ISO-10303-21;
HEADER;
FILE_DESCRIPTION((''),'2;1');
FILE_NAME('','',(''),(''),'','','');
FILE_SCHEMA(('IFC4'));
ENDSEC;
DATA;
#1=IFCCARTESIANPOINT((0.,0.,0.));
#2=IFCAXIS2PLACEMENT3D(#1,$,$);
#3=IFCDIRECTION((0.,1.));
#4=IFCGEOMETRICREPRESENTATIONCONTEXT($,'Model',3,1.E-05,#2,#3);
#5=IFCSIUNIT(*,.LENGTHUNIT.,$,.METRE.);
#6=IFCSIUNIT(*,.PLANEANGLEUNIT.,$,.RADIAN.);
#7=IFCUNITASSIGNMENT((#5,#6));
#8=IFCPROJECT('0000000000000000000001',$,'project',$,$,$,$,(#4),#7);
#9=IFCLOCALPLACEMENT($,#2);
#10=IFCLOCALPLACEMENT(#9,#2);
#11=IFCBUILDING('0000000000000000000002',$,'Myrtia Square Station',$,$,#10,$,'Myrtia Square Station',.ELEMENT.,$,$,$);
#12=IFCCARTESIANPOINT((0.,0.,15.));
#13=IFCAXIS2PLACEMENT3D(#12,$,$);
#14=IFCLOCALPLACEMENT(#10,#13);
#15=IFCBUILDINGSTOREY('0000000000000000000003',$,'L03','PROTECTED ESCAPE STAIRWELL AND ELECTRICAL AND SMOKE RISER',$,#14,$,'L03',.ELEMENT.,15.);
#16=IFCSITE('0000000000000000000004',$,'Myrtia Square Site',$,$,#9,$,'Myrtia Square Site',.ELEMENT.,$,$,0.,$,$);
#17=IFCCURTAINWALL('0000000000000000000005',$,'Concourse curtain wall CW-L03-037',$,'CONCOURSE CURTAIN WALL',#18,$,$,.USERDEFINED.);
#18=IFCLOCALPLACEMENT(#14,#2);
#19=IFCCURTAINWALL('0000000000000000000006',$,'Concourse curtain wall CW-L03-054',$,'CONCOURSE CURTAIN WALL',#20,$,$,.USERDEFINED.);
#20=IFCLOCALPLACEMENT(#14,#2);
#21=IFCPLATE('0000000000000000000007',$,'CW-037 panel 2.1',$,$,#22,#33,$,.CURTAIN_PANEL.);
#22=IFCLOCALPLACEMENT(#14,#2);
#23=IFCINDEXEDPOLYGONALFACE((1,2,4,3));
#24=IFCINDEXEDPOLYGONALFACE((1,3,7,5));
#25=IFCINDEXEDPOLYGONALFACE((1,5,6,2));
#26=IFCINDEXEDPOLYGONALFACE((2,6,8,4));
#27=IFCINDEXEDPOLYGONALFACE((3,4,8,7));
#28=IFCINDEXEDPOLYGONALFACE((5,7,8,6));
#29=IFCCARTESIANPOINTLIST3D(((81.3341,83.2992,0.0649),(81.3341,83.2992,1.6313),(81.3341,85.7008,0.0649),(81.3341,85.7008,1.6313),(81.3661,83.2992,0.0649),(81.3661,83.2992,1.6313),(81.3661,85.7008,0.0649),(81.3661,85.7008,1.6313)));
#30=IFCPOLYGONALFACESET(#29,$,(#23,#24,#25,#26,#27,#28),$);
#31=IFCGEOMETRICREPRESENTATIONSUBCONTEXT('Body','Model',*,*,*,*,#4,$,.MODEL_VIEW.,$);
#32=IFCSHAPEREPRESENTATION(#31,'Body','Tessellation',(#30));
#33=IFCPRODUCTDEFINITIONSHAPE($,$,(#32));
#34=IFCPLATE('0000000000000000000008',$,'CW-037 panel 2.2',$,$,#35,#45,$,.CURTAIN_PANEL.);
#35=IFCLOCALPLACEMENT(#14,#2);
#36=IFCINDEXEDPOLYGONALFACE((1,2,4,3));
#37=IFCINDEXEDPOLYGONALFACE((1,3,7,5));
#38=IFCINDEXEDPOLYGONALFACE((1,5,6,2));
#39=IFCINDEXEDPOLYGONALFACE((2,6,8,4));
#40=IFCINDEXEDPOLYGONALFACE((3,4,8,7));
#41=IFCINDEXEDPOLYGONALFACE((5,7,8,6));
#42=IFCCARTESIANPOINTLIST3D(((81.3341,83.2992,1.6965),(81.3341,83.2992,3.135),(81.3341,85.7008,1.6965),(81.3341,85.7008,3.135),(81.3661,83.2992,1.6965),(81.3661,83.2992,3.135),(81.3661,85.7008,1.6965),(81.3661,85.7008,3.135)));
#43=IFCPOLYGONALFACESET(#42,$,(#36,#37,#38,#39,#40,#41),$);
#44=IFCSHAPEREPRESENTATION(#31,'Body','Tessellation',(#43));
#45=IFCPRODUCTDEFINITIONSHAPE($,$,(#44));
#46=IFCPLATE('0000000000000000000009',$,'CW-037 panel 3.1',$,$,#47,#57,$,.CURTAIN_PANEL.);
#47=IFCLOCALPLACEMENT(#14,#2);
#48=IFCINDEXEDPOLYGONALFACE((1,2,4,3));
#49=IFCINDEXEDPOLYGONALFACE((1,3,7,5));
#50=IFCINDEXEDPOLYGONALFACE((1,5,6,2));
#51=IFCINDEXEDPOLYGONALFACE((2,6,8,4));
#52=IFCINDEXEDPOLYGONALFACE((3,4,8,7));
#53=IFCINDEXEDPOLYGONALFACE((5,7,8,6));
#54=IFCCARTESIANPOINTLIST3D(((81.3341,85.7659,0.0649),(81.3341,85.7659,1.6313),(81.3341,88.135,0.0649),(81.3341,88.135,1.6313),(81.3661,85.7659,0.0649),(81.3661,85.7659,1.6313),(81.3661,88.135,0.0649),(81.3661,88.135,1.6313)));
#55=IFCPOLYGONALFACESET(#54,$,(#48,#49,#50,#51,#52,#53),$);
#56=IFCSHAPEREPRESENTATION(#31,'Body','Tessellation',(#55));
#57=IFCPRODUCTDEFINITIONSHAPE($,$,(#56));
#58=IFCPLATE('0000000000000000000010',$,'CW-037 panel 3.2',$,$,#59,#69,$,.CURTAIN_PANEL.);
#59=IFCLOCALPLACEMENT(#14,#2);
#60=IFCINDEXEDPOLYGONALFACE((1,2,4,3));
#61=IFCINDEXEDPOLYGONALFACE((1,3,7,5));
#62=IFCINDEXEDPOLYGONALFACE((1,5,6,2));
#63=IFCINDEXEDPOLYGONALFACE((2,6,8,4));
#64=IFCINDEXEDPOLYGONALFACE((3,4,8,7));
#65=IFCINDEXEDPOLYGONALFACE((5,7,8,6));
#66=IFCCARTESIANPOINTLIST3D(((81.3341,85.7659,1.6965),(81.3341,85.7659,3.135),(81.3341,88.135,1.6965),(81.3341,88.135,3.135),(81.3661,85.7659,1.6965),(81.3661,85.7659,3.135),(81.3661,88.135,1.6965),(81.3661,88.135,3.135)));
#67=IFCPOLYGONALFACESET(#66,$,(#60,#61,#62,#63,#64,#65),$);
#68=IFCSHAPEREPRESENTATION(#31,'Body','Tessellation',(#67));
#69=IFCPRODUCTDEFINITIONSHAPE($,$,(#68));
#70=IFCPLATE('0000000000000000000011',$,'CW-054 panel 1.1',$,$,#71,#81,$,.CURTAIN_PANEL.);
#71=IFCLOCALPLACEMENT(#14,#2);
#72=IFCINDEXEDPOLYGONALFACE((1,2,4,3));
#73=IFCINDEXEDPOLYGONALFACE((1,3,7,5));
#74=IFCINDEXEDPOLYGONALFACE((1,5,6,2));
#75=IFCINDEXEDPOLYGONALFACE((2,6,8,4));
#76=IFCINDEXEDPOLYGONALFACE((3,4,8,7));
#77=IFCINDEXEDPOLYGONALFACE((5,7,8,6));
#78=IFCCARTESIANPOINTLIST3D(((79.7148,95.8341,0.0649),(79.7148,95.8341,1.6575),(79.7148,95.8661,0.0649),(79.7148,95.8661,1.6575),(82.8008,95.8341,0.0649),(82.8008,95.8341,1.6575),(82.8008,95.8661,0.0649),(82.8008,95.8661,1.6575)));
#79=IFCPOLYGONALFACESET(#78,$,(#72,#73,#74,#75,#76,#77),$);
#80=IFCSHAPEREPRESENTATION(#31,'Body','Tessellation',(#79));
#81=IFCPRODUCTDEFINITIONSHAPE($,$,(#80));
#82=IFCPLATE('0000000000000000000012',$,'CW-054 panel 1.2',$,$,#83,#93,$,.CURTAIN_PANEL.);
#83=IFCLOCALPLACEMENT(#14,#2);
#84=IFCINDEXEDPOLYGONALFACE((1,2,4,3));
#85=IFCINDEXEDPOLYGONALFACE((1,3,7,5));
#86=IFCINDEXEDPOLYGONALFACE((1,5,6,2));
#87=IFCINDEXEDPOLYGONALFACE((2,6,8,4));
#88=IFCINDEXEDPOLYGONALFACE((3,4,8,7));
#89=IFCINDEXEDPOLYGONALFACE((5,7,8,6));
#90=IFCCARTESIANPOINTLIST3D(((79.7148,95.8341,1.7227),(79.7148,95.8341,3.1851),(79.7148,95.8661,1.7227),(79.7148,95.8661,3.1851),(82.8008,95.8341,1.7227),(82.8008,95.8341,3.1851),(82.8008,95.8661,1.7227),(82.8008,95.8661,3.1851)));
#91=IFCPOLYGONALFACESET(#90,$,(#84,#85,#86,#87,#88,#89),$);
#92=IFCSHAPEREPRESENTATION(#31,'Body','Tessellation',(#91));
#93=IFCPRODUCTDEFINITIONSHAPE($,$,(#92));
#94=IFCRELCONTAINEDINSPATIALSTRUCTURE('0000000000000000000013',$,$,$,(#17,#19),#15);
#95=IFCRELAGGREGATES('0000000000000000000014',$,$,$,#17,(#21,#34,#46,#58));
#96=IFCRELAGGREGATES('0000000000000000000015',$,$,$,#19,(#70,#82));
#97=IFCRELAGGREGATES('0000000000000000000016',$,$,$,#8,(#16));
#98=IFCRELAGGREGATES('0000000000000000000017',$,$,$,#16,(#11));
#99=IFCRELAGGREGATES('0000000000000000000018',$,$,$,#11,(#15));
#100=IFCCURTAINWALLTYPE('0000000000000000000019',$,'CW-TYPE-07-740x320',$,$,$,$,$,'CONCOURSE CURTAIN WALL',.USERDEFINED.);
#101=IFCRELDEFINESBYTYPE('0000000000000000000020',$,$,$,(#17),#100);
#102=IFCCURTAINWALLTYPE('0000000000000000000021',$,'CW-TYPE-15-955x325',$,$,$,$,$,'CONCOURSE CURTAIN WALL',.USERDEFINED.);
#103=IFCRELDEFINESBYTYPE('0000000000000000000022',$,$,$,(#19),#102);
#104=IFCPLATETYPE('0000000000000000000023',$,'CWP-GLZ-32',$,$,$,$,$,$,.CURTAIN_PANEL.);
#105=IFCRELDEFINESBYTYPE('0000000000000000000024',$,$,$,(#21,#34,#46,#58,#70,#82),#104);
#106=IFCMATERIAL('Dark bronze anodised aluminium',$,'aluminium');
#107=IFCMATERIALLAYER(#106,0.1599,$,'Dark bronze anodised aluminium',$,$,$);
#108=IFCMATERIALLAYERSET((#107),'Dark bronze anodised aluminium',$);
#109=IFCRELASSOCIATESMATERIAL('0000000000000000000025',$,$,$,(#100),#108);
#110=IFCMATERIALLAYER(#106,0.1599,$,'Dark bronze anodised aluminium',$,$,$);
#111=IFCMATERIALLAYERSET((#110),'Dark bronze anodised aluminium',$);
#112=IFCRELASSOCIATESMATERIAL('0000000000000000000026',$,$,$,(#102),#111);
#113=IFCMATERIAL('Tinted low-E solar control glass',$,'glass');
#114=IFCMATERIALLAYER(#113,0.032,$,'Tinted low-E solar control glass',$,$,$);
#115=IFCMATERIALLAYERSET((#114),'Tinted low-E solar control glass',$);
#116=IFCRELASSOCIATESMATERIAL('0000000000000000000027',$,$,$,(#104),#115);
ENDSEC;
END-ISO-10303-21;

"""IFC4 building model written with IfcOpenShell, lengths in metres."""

from ifc_helpers import new_model, si_unit, direction, frame, origin, origin_2d, place, context, subcontext, project, spatial, rectangle, extrude, material, layer, layer_set, type_object, element, aggregate, save


model = new_model("IFC4")

# Units and contexts
model_context = context("Model", 3, precision=1e-05, world=origin(), true_north=direction((0.0, 1.0)))
body_context = subcontext(model_context, "Body", "Model", "MODEL_VIEW")
ifc_project = project(units=[si_unit("LENGTHUNIT", "METRE"), si_unit("PLANEANGLEUNIT", "RADIAN")], contexts=[model_context])

# Site, building, storey
site_placement = place(None, origin())
site = spatial("IfcSite", under=ifc_project, at=site_placement, Name="Myrtia Square Site", LongName="Myrtia Square Site", CompositionType="ELEMENT", RefElevation=0.0)
building_placement = place(site_placement, origin())
building = spatial("IfcBuilding", under=site, at=building_placement, Name="Myrtia Square Station", LongName="Myrtia Square Station", CompositionType="ELEMENT")
storey_placement = place(building_placement, frame((0.0, 0.0, 15.0)))
storey = spatial("IfcBuildingStorey", under=building, at=storey_placement, Name="L03", Description="PROTECTED ESCAPE STAIRWELL AND ELECTRICAL AND SMOKE RISER", LongName="L03", CompositionType="ELEMENT", Elevation=15.0)

# Curtain wall
ifc_material_1 = material(Name="Dark bronze anodised aluminium", Category="aluminium")
ifc_layer_1 = layer(ifc_material_1, 0.1599, Name="Dark bronze anodised aluminium")
ifc_layer_set_1 = layer_set([ifc_layer_1], Name="Dark bronze anodised aluminium")
curtain_wall_type_1 = type_object("IfcCurtainWallType", Name="CW-TYPE-07-740x320", ElementType="CONCOURSE CURTAIN WALL", PredefinedType="USERDEFINED", material=ifc_layer_set_1)
curtain_wall_1_placement = place(storey_placement, origin())
curtain_wall_1 = element("IfcCurtainWall", 1, at=curtain_wall_1_placement, inside=storey, type_object=curtain_wall_type_1, Name="Concourse curtain wall CW-L03-037", ObjectType="CONCOURSE CURTAIN WALL", PredefinedType="USERDEFINED")

# Curtain wall
ifc_layer_2 = layer(ifc_material_1, 0.1599, Name="Dark bronze anodised aluminium")
ifc_layer_set_2 = layer_set([ifc_layer_2], Name="Dark bronze anodised aluminium")
curtain_wall_type_2 = type_object("IfcCurtainWallType", Name="CW-TYPE-15-955x325", ElementType="CONCOURSE CURTAIN WALL", PredefinedType="USERDEFINED", material=ifc_layer_set_2)
curtain_wall_2_placement = place(storey_placement, origin())
curtain_wall_2 = element("IfcCurtainWall", 2, at=curtain_wall_2_placement, inside=storey, type_object=curtain_wall_type_2, Name="Concourse curtain wall CW-L03-054", ObjectType="CONCOURSE CURTAIN WALL", PredefinedType="USERDEFINED")

# Plates
ifc_material_2 = material(Name="Tinted low-E solar control glass", Category="glass")
ifc_layer_3 = layer(ifc_material_2, 0.032, Name="Tinted low-E solar control glass")
ifc_layer_set_3 = layer_set([ifc_layer_3], Name="Tinted low-E solar control glass")
plate_type_1 = type_object("IfcPlateType", Name="CWP-GLZ-32", PredefinedType="CURTAIN_PANEL", material=ifc_layer_set_3)
plate_1_placement = place(storey_placement, frame((81.3501, 84.5, 0.0649), z_axis=(0.0, 0.0, 1.0), x_axis=(0.0, 1.0, 0.0)))
plate_1 = element("IfcPlate", 3, at=plate_1_placement, type_object=plate_type_1, Name="CW-037 panel 2.1", PredefinedType="CURTAIN_PANEL", context=body_context, shape_type="SweptSolid", body=[
    extrude(rectangle(XDim=2.4016, YDim=0.032, at=origin_2d()), origin(), (0.0, 0.0, 1.0), 1.5664),
])
plate_2_placement = place(storey_placement, frame((81.3501, 84.5, 1.6965), z_axis=(0.0, 0.0, 1.0), x_axis=(0.0, 1.0, 0.0)))
plate_2 = element("IfcPlate", 4, at=plate_2_placement, type_object=plate_type_1, Name="CW-037 panel 2.2", PredefinedType="CURTAIN_PANEL", context=body_context, shape_type="SweptSolid", body=[
    extrude(rectangle(XDim=2.4016, YDim=0.032, at=origin_2d()), origin(), (0.0, 0.0, 1.0), 1.4385),
])
plate_3_placement = place(storey_placement, frame((81.3501, 86.9504, 0.0649), z_axis=(0.0, 0.0, 1.0), x_axis=(0.0, 1.0, 0.0)))
plate_3 = element("IfcPlate", 5, at=plate_3_placement, type_object=plate_type_1, Name="CW-037 panel 3.1", PredefinedType="CURTAIN_PANEL", context=body_context, shape_type="SweptSolid", body=[
    extrude(rectangle(XDim=2.3691, YDim=0.032, at=origin_2d()), origin(), (0.0, 0.0, 1.0), 1.5664),
])
plate_4_placement = place(storey_placement, frame((81.3501, 86.9504, 1.6965), z_axis=(0.0, 0.0, 1.0), x_axis=(0.0, 1.0, 0.0)))
plate_4 = element("IfcPlate", 6, at=plate_4_placement, type_object=plate_type_1, Name="CW-037 panel 3.2", PredefinedType="CURTAIN_PANEL", context=body_context, shape_type="SweptSolid", body=[
    extrude(rectangle(XDim=2.3691, YDim=0.032, at=origin_2d()), origin(), (0.0, 0.0, 1.0), 1.4385),
])
aggregate(curtain_wall_1, [plate_1, plate_2, plate_3, plate_4])
plate_5_placement = place(storey_placement, frame((81.2578, 95.8501, 0.0649), z_axis=(0.0, 0.0, 1.0), x_axis=(1.0, 0.0, 0.0)))
plate_5 = element("IfcPlate", 7, at=plate_5_placement, type_object=plate_type_1, Name="CW-054 panel 1.1", PredefinedType="CURTAIN_PANEL", context=body_context, shape_type="SweptSolid", body=[
    extrude(rectangle(XDim=3.0859, YDim=0.032, at=origin_2d()), origin(), (0.0, 0.0, 1.0), 1.5925),
])
plate_6_placement = place(storey_placement, frame((81.2578, 95.8501, 1.7227), z_axis=(0.0, 0.0, 1.0), x_axis=(1.0, 0.0, 0.0)))
plate_6 = element("IfcPlate", 8, at=plate_6_placement, type_object=plate_type_1, Name="CW-054 panel 1.2", PredefinedType="CURTAIN_PANEL", context=body_context, shape_type="SweptSolid", body=[
    extrude(rectangle(XDim=3.0859, YDim=0.032, at=origin_2d()), origin(), (0.0, 0.0, 1.0), 1.4624),
])
aggregate(curtain_wall_2, [plate_5, plate_6])

save(model, "model.ifc")
